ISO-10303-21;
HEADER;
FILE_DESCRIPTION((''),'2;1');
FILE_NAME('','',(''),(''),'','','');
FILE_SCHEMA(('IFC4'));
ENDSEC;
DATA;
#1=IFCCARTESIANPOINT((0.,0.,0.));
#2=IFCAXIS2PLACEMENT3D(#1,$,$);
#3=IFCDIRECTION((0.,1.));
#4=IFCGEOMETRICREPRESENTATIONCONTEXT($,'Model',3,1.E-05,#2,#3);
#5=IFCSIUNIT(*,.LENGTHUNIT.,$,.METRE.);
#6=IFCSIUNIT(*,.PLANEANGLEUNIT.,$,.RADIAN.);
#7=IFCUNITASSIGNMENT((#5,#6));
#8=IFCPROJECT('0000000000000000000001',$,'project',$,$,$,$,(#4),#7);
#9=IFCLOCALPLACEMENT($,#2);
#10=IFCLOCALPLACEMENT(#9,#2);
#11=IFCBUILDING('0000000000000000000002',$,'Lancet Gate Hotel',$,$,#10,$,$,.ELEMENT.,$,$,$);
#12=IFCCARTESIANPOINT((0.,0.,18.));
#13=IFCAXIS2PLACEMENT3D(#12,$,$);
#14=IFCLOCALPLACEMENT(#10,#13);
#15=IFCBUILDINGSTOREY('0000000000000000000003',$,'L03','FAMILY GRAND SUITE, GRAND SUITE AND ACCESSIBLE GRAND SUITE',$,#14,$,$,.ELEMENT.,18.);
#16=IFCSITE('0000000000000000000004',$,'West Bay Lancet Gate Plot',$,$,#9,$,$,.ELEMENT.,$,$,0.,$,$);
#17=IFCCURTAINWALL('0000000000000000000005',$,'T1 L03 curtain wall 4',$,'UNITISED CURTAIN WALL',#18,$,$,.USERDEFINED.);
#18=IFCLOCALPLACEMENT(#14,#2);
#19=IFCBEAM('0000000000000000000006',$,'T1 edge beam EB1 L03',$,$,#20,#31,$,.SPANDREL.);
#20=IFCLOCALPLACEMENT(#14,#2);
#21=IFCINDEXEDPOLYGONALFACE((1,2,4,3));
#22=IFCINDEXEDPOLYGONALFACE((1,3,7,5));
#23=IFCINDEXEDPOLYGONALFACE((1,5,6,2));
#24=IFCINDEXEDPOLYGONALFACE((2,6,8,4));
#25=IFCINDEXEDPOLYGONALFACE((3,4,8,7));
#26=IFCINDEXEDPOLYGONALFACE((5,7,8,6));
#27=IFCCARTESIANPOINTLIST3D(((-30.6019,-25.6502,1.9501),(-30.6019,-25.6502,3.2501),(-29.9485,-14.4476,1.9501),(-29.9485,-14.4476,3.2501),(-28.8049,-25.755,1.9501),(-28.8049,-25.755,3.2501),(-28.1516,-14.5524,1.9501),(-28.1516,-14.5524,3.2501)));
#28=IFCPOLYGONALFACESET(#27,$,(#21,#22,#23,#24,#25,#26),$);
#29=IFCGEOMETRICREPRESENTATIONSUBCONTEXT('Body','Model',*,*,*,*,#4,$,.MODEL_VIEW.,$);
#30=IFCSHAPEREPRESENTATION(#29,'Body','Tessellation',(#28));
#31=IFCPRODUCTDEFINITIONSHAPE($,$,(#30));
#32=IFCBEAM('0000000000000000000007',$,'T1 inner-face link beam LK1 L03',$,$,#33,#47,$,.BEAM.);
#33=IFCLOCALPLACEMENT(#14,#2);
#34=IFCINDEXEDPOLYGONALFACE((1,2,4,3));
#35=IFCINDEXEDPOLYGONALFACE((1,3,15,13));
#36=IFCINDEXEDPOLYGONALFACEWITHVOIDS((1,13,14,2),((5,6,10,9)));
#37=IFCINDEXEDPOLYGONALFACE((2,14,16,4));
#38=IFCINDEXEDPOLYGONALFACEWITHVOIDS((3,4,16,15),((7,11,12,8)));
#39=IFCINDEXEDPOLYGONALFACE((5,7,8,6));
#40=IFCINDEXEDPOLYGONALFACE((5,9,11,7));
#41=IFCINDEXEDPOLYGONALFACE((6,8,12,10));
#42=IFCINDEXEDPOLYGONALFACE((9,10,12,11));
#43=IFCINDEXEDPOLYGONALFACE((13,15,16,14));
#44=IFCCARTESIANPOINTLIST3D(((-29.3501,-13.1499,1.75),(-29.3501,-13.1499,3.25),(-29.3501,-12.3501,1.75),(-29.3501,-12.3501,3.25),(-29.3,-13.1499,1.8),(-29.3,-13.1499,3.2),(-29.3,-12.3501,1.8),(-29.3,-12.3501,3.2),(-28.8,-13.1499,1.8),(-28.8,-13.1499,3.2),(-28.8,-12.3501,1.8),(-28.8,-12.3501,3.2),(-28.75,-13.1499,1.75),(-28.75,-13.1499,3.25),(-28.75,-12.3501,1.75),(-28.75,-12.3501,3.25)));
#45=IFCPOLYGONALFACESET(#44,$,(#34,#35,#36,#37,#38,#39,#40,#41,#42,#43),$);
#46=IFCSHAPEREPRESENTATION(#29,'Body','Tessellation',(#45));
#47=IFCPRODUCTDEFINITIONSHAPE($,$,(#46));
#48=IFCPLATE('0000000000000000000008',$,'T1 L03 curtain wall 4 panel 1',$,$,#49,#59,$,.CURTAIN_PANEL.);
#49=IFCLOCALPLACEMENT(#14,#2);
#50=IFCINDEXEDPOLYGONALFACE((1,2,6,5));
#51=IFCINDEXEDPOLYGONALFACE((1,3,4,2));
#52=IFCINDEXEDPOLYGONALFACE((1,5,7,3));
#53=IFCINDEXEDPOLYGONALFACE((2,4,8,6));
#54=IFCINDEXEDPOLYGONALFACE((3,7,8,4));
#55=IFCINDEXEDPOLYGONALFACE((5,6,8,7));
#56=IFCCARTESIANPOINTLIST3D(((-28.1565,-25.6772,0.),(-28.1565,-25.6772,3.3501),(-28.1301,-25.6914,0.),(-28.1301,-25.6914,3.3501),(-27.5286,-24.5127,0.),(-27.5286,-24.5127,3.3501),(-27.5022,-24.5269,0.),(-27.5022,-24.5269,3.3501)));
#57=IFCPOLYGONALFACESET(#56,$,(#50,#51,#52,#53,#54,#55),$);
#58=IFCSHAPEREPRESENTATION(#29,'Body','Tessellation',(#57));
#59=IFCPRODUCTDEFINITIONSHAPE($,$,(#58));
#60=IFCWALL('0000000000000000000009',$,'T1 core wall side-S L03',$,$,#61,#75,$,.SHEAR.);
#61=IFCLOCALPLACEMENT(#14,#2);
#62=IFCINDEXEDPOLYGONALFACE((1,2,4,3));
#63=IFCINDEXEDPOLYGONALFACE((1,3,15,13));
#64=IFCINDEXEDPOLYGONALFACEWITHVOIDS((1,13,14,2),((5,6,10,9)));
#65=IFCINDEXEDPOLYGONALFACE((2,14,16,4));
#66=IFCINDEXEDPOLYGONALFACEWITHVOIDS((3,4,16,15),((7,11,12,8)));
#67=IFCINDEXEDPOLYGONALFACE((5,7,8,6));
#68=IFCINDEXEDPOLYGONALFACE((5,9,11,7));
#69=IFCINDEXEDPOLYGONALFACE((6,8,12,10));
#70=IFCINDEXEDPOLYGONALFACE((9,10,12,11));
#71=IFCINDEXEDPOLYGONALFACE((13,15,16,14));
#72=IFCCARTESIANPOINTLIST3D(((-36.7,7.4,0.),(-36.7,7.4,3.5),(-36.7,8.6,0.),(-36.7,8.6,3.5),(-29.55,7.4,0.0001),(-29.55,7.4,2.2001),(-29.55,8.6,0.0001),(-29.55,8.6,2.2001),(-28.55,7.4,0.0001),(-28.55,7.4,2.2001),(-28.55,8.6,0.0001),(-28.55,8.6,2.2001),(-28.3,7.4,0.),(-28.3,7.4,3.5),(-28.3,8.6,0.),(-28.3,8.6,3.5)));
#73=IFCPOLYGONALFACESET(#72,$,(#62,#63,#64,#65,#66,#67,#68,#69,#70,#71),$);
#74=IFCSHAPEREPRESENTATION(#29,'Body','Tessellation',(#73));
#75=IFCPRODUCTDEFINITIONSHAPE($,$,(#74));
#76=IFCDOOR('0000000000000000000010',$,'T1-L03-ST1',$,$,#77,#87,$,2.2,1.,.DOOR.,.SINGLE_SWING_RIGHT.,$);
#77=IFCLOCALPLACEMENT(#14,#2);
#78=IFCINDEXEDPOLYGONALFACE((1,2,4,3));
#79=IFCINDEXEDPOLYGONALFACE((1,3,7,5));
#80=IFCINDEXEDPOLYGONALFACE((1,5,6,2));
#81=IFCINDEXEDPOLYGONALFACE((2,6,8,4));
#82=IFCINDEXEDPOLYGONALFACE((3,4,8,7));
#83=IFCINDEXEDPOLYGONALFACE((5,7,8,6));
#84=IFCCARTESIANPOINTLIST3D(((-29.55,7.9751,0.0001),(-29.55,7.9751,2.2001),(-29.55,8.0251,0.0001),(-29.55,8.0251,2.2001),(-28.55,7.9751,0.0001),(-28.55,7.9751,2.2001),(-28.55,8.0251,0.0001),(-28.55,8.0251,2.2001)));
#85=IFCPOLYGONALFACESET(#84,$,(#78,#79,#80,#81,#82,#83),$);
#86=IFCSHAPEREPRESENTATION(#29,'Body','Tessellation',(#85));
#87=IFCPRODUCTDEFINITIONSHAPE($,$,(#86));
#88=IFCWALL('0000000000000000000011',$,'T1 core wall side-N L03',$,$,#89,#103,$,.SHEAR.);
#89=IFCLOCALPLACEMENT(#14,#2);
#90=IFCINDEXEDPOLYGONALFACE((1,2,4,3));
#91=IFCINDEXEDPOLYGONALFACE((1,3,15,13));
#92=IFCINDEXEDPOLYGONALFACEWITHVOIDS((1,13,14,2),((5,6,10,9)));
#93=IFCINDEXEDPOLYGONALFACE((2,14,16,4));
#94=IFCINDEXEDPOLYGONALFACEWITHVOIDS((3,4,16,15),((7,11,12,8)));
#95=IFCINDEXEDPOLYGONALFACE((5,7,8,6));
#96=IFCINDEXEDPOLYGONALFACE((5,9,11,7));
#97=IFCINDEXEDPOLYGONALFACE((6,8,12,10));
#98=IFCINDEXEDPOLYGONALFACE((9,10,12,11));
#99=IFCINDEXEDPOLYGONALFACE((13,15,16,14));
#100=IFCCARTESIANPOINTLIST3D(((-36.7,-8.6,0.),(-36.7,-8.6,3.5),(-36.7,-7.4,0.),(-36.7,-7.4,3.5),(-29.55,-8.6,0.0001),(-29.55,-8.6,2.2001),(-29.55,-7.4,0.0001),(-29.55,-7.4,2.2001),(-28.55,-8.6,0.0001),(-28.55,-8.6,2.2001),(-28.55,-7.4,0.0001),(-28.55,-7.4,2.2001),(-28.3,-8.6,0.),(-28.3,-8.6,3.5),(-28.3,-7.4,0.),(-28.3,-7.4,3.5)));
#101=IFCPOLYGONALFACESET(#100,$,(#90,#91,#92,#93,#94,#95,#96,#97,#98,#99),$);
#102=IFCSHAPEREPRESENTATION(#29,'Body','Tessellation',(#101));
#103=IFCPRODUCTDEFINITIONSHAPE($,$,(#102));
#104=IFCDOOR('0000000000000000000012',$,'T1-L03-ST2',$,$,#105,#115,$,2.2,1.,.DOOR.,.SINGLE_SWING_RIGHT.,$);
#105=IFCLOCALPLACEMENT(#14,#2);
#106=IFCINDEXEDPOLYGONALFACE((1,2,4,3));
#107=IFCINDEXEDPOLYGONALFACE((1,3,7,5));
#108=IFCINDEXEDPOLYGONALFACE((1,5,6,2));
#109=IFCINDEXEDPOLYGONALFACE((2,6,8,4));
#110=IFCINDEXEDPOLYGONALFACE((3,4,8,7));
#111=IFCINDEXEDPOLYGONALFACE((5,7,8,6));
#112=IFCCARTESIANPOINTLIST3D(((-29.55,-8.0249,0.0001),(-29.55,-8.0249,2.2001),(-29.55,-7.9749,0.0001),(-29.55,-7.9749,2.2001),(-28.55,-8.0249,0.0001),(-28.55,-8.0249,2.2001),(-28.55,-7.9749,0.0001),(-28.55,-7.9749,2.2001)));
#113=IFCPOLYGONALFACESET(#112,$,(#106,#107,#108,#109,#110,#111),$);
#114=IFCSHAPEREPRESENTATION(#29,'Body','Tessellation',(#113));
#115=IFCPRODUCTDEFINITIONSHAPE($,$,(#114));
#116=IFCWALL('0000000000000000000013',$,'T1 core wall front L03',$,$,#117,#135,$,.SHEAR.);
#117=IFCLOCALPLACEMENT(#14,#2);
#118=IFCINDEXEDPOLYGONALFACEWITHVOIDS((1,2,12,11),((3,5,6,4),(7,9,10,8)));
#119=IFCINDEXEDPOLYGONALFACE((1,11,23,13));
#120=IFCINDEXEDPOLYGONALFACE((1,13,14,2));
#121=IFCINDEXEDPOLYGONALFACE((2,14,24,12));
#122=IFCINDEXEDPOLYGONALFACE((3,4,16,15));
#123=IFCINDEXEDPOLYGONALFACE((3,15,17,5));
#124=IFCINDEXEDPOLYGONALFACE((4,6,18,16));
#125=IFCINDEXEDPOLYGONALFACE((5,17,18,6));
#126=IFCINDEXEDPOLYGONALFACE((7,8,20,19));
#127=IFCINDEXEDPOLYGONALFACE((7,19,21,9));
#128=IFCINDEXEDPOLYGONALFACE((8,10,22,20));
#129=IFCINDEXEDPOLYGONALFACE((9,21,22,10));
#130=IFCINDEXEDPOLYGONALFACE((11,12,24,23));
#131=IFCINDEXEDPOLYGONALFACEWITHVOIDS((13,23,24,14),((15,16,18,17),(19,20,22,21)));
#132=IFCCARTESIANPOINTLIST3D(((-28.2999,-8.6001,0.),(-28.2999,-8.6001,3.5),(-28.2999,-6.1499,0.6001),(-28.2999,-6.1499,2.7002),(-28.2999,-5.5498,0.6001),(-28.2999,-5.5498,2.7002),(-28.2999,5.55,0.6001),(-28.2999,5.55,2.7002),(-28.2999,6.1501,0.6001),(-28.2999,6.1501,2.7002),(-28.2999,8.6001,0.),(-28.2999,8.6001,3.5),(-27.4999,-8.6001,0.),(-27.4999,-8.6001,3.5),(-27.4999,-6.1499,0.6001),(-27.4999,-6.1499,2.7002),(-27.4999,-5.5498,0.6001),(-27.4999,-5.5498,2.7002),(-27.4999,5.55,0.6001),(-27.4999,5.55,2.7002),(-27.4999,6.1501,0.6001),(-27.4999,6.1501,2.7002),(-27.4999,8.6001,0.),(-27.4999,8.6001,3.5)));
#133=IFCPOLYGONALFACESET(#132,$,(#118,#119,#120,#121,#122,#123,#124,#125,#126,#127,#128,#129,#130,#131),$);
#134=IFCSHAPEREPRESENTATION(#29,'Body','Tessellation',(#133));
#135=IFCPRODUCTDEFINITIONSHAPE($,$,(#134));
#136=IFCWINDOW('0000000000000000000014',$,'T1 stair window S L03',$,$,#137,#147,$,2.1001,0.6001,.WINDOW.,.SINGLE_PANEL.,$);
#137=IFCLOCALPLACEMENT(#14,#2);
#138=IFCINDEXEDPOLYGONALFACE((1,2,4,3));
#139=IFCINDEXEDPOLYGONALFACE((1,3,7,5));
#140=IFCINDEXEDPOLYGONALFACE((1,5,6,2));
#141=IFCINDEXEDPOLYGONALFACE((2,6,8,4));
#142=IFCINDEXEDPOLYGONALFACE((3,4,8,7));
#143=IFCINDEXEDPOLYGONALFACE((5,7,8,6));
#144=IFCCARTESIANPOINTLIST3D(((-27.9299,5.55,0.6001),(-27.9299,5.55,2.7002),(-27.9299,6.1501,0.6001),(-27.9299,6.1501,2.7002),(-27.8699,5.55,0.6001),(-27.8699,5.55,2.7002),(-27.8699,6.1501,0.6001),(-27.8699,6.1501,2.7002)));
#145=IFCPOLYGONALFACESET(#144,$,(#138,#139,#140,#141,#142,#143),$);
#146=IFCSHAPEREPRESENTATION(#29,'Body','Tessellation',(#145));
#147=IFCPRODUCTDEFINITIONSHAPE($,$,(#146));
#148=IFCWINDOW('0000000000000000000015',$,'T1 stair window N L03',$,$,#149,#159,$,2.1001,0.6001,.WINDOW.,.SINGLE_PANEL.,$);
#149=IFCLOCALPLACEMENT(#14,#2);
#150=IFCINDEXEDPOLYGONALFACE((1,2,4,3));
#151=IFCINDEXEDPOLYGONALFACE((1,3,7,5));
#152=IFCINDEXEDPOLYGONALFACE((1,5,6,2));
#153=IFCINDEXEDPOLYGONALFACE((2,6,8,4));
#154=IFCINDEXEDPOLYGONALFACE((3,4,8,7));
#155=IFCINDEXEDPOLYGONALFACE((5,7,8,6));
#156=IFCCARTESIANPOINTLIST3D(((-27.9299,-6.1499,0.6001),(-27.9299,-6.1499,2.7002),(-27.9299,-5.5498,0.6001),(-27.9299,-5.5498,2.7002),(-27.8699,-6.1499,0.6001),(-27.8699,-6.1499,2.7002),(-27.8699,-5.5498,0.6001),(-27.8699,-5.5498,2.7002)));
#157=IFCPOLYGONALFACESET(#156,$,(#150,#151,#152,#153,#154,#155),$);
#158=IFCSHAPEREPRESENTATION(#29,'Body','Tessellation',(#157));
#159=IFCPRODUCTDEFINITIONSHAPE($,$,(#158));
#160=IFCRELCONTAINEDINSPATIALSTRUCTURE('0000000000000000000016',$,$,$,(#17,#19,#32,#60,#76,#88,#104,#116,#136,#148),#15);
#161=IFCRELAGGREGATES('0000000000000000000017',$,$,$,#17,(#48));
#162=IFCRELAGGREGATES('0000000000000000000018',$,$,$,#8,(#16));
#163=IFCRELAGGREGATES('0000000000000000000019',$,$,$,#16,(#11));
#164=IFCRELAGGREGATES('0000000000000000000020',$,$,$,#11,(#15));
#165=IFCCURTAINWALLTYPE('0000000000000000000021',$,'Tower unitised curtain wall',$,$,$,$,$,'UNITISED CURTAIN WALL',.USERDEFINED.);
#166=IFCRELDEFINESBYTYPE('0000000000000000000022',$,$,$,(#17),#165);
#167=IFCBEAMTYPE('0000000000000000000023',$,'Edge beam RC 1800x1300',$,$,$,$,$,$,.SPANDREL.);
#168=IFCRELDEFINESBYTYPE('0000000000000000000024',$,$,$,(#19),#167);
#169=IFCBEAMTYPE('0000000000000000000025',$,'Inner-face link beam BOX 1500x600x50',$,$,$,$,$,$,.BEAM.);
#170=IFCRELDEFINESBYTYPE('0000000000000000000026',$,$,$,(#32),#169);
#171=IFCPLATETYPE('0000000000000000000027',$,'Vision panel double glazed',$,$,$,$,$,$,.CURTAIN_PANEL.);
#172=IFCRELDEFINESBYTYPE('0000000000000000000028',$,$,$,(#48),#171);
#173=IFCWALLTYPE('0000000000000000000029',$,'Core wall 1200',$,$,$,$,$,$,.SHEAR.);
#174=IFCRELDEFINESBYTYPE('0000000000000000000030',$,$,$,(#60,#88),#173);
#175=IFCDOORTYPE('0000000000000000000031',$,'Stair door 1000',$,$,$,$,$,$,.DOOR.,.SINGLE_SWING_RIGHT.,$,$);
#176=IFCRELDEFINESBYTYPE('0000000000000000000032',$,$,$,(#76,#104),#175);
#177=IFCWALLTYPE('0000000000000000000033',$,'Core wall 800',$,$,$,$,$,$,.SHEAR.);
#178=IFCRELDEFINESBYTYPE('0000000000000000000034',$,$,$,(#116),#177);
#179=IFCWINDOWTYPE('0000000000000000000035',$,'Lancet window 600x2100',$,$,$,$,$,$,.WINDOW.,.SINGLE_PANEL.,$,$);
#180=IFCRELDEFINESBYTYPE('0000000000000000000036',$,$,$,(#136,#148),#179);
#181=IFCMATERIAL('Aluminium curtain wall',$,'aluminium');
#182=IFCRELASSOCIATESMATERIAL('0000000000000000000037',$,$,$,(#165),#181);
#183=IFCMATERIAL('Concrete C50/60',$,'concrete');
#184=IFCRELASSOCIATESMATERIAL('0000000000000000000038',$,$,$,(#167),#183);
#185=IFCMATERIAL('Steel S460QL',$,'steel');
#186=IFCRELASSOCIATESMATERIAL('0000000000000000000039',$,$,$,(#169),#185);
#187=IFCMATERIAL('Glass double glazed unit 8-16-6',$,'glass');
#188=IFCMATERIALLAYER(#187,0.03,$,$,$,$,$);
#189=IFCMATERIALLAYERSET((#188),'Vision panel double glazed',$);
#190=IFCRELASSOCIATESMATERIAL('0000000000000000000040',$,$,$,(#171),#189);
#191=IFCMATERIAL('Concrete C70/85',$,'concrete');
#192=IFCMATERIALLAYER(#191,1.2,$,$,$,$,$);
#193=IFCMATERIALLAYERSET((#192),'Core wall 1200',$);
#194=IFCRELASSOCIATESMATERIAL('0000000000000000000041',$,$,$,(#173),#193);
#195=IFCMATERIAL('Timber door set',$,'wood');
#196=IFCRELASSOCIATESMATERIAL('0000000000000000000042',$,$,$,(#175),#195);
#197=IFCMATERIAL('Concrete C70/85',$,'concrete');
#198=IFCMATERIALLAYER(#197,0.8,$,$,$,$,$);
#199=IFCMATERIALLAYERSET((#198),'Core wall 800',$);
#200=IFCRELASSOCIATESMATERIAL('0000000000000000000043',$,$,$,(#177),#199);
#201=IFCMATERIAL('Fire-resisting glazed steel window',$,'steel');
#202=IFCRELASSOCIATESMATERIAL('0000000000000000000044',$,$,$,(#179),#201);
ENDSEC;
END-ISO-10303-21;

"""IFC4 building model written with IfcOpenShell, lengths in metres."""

from ifc_helpers import new_model, si_unit, direction, frame, frame_2d, origin, origin_2d, place, context, subcontext, project, spatial, rectangle, hollow_rectangle, extrude, material, layer, layer_set, material_profile, profile_set, type_object, element, fill, aggregate, save


model = new_model("IFC4")

# Units and contexts
model_context = context("Model", 3, precision=1e-05, world=origin(), true_north=direction((0.0, 1.0)))
body_context = subcontext(model_context, "Body", "Model", "MODEL_VIEW")
ifc_project = project(units=[si_unit("LENGTHUNIT", "METRE"), si_unit("PLANEANGLEUNIT", "RADIAN")], contexts=[model_context])

# Site, building, storey
site_placement = place(None, origin())
site = spatial("IfcSite", under=ifc_project, at=site_placement, Name="West Bay Lancet Gate Plot", CompositionType="ELEMENT", RefElevation=0.0)
building_placement = place(site_placement, origin())
building = spatial("IfcBuilding", under=site, at=building_placement, Name="Lancet Gate Hotel", CompositionType="ELEMENT")
storey_placement = place(building_placement, frame((0.0, 0.0, 18.0)))
storey = spatial("IfcBuildingStorey", under=building, at=storey_placement, Name="L03", Description="FAMILY GRAND SUITE, GRAND SUITE AND ACCESSIBLE GRAND SUITE", CompositionType="ELEMENT", Elevation=18.0)

# Curtain wall
ifc_material_1 = material(Name="Aluminium curtain wall", Category="aluminium")
curtain_wall_type = type_object("IfcCurtainWallType", Name="Tower unitised curtain wall", ElementType="UNITISED CURTAIN WALL", PredefinedType="USERDEFINED", material=ifc_material_1)
curtain_wall_1_placement = place(storey_placement, origin())
curtain_wall_1 = element("IfcCurtainWall", 1, at=curtain_wall_1_placement, inside=storey, type_object=curtain_wall_type, Name="T1 L03 curtain wall 4", ObjectType="UNITISED CURTAIN WALL", PredefinedType="USERDEFINED")

# Beams
ifc_material_2 = material(Name="Concrete C50/60", Category="concrete")
ifc_material_profile_1 = material_profile(ifc_material_2, rectangle(XDim=1.8, YDim=1.3, at=origin_2d()), Name="RC 1800x1300")
ifc_profile_set_1 = profile_set([ifc_material_profile_1], Name="Concrete C50/60")
beam_type_1 = type_object("IfcBeamType", Name="Edge beam RC 1800x1300", PredefinedType="SPANDREL", material=ifc_profile_set_1)
beam_1_placement = place(storey_placement, frame((-29.05, -14.5, 2.6001), z_axis=(-0.05822, -0.998304, 0.0), x_axis=(0.998304, -0.05822, 0.0)))
element("IfcBeam", 2, at=beam_1_placement, inside=storey, type_object=beam_type_1, Name="T1 edge beam EB1 L03", PredefinedType="SPANDREL", context=body_context, shape_type="SweptSolid", body=[
    extrude(rectangle(XDim=1.8, YDim=1.3, at=origin_2d()), origin(), (0.0, 0.0, 1.0), 11.2217),
])
ifc_material_3 = material(Name="Steel S460QL", Category="steel")
ifc_material_profile_2 = material_profile(ifc_material_3, hollow_rectangle(XDim=0.6001, YDim=1.5, WallThickness=0.05, at=origin_2d()), Name="BOX 1500x600x50")
ifc_profile_set_2 = profile_set([ifc_material_profile_2], Name="Steel S460QL")
beam_type_2 = type_object("IfcBeamType", Name="Inner-face link beam BOX 1500x600x50", PredefinedType="BEAM", material=ifc_profile_set_2)
beam_2_placement = place(storey_placement, frame((-29.05, -12.3501, 2.5), z_axis=(0.0, -1.0, 0.0), x_axis=(1.0, 0.0, 0.0)))
element("IfcBeam", 3, at=beam_2_placement, inside=storey, type_object=beam_type_2, Name="T1 inner-face link beam LK1 L03", PredefinedType="BEAM", context=body_context, shape_type="SweptSolid", body=[
    extrude(hollow_rectangle(XDim=0.6001, YDim=1.5, WallThickness=0.05, at=origin_2d()), origin(), (0.0, 0.0, 1.0), 0.7998),
])

# Plate
ifc_material_4 = material(Name="Glass double glazed unit 8-16-6", Category="glass")
ifc_layer_1 = layer(ifc_material_4, 0.03)
ifc_layer_set_1 = layer_set([ifc_layer_1], Name="Vision panel double glazed")
plate_type = type_object("IfcPlateType", Name="Vision panel double glazed", PredefinedType="CURTAIN_PANEL", material=ifc_layer_set_1)
plate_placement = place(storey_placement, frame((-27.8293, -25.1021, 0.0), z_axis=(0.0, 0.0, 1.0), x_axis=(0.474631, 0.880185, 0.0)))
plate = element("IfcPlate", 4, at=plate_placement, type_object=plate_type, Name="T1 L03 curtain wall 4 panel 1", PredefinedType="CURTAIN_PANEL", context=body_context, shape_type="SweptSolid", body=[
    extrude(rectangle(XDim=1.323, YDim=0.03, at=origin_2d()), origin(), (0.0, 0.0, 1.0), 3.3501),
])
aggregate(curtain_wall_1, [plate])

# Walls, openings, doors
ifc_material_5 = material(Name="Concrete C70/85", Category="concrete")
ifc_layer_2 = layer(ifc_material_5, 1.2)
ifc_layer_set_2 = layer_set([ifc_layer_2], Name="Core wall 1200")
wall_type_1 = type_object("IfcWallType", Name="Core wall 1200", PredefinedType="SHEAR", material=ifc_layer_set_2)
wall_1_placement = place(storey_placement, frame((-28.3, 8.0, 0.0), z_axis=(0.0, 0.0, 1.0), x_axis=(-1.0, 0.0, 0.0)))
wall_1 = element("IfcWall", 5, at=wall_1_placement, inside=storey, type_object=wall_type_1, Name="T1 core wall side-S L03", PredefinedType="SHEAR", context=body_context, shape_type="SweptSolid", body=[
    extrude(rectangle(XDim=8.3999, YDim=1.2, at=frame_2d((4.2, 0.0))), origin(), (0.0, 0.0, 1.0), 3.5),
])
opening_1_placement = place(wall_1_placement, frame((0.25, 0.0, 0.0)))
opening_1 = element("IfcOpeningElement", 6, at=opening_1_placement, cuts=wall_1, PredefinedType="OPENING", context=body_context, shape_type="SweptSolid", body=[
    extrude(rectangle(XDim=1.0, YDim=2.2, at=frame_2d((0.5, 1.1001))), frame((0.0, 0.6099, 0.0), z_axis=(0.0, -1.0, 0.0), x_axis=(1.0, 0.0, 0.0)), (0.0, 0.0, 1.0), 1.22),
])
ifc_material_6 = material(Name="Timber door set", Category="wood")
door_type_1 = type_object("IfcDoorType", Name="Stair door 1000", OperationType="SINGLE_SWING_RIGHT", PredefinedType="DOOR", material=ifc_material_6)
door_1_placement = place(opening_1_placement, origin())
door_1 = element("IfcDoor", 7, at=door_1_placement, inside=storey, type_object=door_type_1, Name="T1-L03-ST1", OperationType="SINGLE_SWING_RIGHT", OverallHeight=2.2, OverallWidth=1.0, PredefinedType="DOOR", context=body_context, shape_type="SweptSolid", body=[
    extrude(rectangle(XDim=1.0, YDim=2.2, at=frame_2d((0.5, 1.1001))), frame((0.0, 0.0249, 0.0), z_axis=(0.0, -1.0, 0.0), x_axis=(1.0, 0.0, 0.0)), (0.0, 0.0, 1.0), 0.05),
])
fill(opening_1, door_1)
wall_2_placement = place(storey_placement, frame((-28.3, -8.0, 0.0), z_axis=(0.0, 0.0, 1.0), x_axis=(-1.0, 0.0, 0.0)))
wall_2 = element("IfcWall", 8, at=wall_2_placement, inside=storey, type_object=wall_type_1, Name="T1 core wall side-N L03", PredefinedType="SHEAR", context=body_context, shape_type="SweptSolid", body=[
    extrude(rectangle(XDim=8.3999, YDim=1.2, at=frame_2d((4.2, 0.0))), origin(), (0.0, 0.0, 1.0), 3.5),
])
opening_2_placement = place(wall_2_placement, frame((0.25, 0.0, 0.0)))
opening_2 = element("IfcOpeningElement", 9, at=opening_2_placement, cuts=wall_2, PredefinedType="OPENING", context=body_context, shape_type="SweptSolid", body=[
    extrude(rectangle(XDim=1.0, YDim=2.2, at=frame_2d((0.5, 1.1001))), frame((0.0, 0.6099, 0.0), z_axis=(0.0, -1.0, 0.0), x_axis=(1.0, 0.0, 0.0)), (0.0, 0.0, 1.0), 1.22),
])
door_2_placement = place(opening_2_placement, origin())
door_2 = element("IfcDoor", 10, at=door_2_placement, inside=storey, type_object=door_type_1, Name="T1-L03-ST2", OperationType="SINGLE_SWING_RIGHT", OverallHeight=2.2, OverallWidth=1.0, PredefinedType="DOOR", context=body_context, shape_type="SweptSolid", body=[
    extrude(rectangle(XDim=1.0, YDim=2.2, at=frame_2d((0.5, 1.1001))), frame((0.0, 0.0249, 0.0), z_axis=(0.0, -1.0, 0.0), x_axis=(1.0, 0.0, 0.0)), (0.0, 0.0, 1.0), 0.05),
])
fill(opening_2, door_2)

# Wall, openings, windows
ifc_material_7 = material(Name="Concrete C70/85", Category="concrete")
ifc_layer_3 = layer(ifc_material_7, 0.8)
ifc_layer_set_3 = layer_set([ifc_layer_3], Name="Core wall 800")
wall_type_2 = type_object("IfcWallType", Name="Core wall 800", PredefinedType="SHEAR", material=ifc_layer_set_3)
wall_3_placement = place(storey_placement, frame((-27.8999, 8.6001, 0.0), z_axis=(0.0, 0.0, 1.0), x_axis=(0.0, -1.0, 0.0)))
wall_3 = element("IfcWall", 11, at=wall_3_placement, inside=storey, type_object=wall_type_2, Name="T1 core wall front L03", PredefinedType="SHEAR", context=body_context, shape_type="SweptSolid", body=[
    extrude(rectangle(XDim=17.2002, YDim=0.8, at=frame_2d((8.6001, 0.0))), origin(), (0.0, 0.0, 1.0), 3.5),
])
opening_3_placement = place(wall_3_placement, frame((2.45, 0.0, 0.6001)))
opening_3 = element("IfcOpeningElement", 12, at=opening_3_placement, cuts=wall_3, PredefinedType="OPENING", context=body_context, shape_type="SweptSolid", body=[
    extrude(rectangle(XDim=0.6001, YDim=2.1001, at=frame_2d((0.3, 1.05))), frame((0.0, 0.4099, 0.0), z_axis=(0.0, -1.0, 0.0), x_axis=(1.0, 0.0, 0.0)), (0.0, 0.0, 1.0), 0.8201),
])
opening_4_placement = place(wall_3_placement, frame((14.1499, 0.0, 0.6001)))
opening_4 = element("IfcOpeningElement", 13, at=opening_4_placement, cuts=wall_3, PredefinedType="OPENING", context=body_context, shape_type="SweptSolid", body=[
    extrude(rectangle(XDim=0.6001, YDim=2.1001, at=frame_2d((0.3, 1.05))), frame((0.0, 0.4099, 0.0), z_axis=(0.0, -1.0, 0.0), x_axis=(1.0, 0.0, 0.0)), (0.0, 0.0, 1.0), 0.8201),
])
ifc_material_8 = material(Name="Fire-resisting glazed steel window", Category="steel")
window_type = type_object("IfcWindowType", Name="Lancet window 600x2100", PartitioningType="SINGLE_PANEL", PredefinedType="WINDOW", material=ifc_material_8)
window_1_placement = place(opening_3_placement, origin())
window_1 = element("IfcWindow", 14, at=window_1_placement, inside=storey, type_object=window_type, Name="T1 stair window S L03", OverallHeight=2.1001, OverallWidth=0.6001, PartitioningType="SINGLE_PANEL", PredefinedType="WINDOW", context=body_context, shape_type="SweptSolid", body=[
    extrude(rectangle(XDim=0.6001, YDim=2.1001, at=frame_2d((0.3, 1.05))), frame((0.0, 0.03, 0.0), z_axis=(0.0, -1.0, 0.0), x_axis=(1.0, 0.0, 0.0)), (0.0, 0.0, 1.0), 0.0601),
])
fill(opening_3, window_1)
window_2_placement = place(opening_4_placement, origin())
window_2 = element("IfcWindow", 15, at=window_2_placement, inside=storey, type_object=window_type, Name="T1 stair window N L03", OverallHeight=2.1001, OverallWidth=0.6001, PartitioningType="SINGLE_PANEL", PredefinedType="WINDOW", context=body_context, shape_type="SweptSolid", body=[
    extrude(rectangle(XDim=0.6001, YDim=2.1001, at=frame_2d((0.3, 1.05))), frame((0.0, 0.03, 0.0), z_axis=(0.0, -1.0, 0.0), x_axis=(1.0, 0.0, 0.0)), (0.0, 0.0, 1.0), 0.0601),
])
fill(opening_4, window_2)

save(model, "model.ifc")
